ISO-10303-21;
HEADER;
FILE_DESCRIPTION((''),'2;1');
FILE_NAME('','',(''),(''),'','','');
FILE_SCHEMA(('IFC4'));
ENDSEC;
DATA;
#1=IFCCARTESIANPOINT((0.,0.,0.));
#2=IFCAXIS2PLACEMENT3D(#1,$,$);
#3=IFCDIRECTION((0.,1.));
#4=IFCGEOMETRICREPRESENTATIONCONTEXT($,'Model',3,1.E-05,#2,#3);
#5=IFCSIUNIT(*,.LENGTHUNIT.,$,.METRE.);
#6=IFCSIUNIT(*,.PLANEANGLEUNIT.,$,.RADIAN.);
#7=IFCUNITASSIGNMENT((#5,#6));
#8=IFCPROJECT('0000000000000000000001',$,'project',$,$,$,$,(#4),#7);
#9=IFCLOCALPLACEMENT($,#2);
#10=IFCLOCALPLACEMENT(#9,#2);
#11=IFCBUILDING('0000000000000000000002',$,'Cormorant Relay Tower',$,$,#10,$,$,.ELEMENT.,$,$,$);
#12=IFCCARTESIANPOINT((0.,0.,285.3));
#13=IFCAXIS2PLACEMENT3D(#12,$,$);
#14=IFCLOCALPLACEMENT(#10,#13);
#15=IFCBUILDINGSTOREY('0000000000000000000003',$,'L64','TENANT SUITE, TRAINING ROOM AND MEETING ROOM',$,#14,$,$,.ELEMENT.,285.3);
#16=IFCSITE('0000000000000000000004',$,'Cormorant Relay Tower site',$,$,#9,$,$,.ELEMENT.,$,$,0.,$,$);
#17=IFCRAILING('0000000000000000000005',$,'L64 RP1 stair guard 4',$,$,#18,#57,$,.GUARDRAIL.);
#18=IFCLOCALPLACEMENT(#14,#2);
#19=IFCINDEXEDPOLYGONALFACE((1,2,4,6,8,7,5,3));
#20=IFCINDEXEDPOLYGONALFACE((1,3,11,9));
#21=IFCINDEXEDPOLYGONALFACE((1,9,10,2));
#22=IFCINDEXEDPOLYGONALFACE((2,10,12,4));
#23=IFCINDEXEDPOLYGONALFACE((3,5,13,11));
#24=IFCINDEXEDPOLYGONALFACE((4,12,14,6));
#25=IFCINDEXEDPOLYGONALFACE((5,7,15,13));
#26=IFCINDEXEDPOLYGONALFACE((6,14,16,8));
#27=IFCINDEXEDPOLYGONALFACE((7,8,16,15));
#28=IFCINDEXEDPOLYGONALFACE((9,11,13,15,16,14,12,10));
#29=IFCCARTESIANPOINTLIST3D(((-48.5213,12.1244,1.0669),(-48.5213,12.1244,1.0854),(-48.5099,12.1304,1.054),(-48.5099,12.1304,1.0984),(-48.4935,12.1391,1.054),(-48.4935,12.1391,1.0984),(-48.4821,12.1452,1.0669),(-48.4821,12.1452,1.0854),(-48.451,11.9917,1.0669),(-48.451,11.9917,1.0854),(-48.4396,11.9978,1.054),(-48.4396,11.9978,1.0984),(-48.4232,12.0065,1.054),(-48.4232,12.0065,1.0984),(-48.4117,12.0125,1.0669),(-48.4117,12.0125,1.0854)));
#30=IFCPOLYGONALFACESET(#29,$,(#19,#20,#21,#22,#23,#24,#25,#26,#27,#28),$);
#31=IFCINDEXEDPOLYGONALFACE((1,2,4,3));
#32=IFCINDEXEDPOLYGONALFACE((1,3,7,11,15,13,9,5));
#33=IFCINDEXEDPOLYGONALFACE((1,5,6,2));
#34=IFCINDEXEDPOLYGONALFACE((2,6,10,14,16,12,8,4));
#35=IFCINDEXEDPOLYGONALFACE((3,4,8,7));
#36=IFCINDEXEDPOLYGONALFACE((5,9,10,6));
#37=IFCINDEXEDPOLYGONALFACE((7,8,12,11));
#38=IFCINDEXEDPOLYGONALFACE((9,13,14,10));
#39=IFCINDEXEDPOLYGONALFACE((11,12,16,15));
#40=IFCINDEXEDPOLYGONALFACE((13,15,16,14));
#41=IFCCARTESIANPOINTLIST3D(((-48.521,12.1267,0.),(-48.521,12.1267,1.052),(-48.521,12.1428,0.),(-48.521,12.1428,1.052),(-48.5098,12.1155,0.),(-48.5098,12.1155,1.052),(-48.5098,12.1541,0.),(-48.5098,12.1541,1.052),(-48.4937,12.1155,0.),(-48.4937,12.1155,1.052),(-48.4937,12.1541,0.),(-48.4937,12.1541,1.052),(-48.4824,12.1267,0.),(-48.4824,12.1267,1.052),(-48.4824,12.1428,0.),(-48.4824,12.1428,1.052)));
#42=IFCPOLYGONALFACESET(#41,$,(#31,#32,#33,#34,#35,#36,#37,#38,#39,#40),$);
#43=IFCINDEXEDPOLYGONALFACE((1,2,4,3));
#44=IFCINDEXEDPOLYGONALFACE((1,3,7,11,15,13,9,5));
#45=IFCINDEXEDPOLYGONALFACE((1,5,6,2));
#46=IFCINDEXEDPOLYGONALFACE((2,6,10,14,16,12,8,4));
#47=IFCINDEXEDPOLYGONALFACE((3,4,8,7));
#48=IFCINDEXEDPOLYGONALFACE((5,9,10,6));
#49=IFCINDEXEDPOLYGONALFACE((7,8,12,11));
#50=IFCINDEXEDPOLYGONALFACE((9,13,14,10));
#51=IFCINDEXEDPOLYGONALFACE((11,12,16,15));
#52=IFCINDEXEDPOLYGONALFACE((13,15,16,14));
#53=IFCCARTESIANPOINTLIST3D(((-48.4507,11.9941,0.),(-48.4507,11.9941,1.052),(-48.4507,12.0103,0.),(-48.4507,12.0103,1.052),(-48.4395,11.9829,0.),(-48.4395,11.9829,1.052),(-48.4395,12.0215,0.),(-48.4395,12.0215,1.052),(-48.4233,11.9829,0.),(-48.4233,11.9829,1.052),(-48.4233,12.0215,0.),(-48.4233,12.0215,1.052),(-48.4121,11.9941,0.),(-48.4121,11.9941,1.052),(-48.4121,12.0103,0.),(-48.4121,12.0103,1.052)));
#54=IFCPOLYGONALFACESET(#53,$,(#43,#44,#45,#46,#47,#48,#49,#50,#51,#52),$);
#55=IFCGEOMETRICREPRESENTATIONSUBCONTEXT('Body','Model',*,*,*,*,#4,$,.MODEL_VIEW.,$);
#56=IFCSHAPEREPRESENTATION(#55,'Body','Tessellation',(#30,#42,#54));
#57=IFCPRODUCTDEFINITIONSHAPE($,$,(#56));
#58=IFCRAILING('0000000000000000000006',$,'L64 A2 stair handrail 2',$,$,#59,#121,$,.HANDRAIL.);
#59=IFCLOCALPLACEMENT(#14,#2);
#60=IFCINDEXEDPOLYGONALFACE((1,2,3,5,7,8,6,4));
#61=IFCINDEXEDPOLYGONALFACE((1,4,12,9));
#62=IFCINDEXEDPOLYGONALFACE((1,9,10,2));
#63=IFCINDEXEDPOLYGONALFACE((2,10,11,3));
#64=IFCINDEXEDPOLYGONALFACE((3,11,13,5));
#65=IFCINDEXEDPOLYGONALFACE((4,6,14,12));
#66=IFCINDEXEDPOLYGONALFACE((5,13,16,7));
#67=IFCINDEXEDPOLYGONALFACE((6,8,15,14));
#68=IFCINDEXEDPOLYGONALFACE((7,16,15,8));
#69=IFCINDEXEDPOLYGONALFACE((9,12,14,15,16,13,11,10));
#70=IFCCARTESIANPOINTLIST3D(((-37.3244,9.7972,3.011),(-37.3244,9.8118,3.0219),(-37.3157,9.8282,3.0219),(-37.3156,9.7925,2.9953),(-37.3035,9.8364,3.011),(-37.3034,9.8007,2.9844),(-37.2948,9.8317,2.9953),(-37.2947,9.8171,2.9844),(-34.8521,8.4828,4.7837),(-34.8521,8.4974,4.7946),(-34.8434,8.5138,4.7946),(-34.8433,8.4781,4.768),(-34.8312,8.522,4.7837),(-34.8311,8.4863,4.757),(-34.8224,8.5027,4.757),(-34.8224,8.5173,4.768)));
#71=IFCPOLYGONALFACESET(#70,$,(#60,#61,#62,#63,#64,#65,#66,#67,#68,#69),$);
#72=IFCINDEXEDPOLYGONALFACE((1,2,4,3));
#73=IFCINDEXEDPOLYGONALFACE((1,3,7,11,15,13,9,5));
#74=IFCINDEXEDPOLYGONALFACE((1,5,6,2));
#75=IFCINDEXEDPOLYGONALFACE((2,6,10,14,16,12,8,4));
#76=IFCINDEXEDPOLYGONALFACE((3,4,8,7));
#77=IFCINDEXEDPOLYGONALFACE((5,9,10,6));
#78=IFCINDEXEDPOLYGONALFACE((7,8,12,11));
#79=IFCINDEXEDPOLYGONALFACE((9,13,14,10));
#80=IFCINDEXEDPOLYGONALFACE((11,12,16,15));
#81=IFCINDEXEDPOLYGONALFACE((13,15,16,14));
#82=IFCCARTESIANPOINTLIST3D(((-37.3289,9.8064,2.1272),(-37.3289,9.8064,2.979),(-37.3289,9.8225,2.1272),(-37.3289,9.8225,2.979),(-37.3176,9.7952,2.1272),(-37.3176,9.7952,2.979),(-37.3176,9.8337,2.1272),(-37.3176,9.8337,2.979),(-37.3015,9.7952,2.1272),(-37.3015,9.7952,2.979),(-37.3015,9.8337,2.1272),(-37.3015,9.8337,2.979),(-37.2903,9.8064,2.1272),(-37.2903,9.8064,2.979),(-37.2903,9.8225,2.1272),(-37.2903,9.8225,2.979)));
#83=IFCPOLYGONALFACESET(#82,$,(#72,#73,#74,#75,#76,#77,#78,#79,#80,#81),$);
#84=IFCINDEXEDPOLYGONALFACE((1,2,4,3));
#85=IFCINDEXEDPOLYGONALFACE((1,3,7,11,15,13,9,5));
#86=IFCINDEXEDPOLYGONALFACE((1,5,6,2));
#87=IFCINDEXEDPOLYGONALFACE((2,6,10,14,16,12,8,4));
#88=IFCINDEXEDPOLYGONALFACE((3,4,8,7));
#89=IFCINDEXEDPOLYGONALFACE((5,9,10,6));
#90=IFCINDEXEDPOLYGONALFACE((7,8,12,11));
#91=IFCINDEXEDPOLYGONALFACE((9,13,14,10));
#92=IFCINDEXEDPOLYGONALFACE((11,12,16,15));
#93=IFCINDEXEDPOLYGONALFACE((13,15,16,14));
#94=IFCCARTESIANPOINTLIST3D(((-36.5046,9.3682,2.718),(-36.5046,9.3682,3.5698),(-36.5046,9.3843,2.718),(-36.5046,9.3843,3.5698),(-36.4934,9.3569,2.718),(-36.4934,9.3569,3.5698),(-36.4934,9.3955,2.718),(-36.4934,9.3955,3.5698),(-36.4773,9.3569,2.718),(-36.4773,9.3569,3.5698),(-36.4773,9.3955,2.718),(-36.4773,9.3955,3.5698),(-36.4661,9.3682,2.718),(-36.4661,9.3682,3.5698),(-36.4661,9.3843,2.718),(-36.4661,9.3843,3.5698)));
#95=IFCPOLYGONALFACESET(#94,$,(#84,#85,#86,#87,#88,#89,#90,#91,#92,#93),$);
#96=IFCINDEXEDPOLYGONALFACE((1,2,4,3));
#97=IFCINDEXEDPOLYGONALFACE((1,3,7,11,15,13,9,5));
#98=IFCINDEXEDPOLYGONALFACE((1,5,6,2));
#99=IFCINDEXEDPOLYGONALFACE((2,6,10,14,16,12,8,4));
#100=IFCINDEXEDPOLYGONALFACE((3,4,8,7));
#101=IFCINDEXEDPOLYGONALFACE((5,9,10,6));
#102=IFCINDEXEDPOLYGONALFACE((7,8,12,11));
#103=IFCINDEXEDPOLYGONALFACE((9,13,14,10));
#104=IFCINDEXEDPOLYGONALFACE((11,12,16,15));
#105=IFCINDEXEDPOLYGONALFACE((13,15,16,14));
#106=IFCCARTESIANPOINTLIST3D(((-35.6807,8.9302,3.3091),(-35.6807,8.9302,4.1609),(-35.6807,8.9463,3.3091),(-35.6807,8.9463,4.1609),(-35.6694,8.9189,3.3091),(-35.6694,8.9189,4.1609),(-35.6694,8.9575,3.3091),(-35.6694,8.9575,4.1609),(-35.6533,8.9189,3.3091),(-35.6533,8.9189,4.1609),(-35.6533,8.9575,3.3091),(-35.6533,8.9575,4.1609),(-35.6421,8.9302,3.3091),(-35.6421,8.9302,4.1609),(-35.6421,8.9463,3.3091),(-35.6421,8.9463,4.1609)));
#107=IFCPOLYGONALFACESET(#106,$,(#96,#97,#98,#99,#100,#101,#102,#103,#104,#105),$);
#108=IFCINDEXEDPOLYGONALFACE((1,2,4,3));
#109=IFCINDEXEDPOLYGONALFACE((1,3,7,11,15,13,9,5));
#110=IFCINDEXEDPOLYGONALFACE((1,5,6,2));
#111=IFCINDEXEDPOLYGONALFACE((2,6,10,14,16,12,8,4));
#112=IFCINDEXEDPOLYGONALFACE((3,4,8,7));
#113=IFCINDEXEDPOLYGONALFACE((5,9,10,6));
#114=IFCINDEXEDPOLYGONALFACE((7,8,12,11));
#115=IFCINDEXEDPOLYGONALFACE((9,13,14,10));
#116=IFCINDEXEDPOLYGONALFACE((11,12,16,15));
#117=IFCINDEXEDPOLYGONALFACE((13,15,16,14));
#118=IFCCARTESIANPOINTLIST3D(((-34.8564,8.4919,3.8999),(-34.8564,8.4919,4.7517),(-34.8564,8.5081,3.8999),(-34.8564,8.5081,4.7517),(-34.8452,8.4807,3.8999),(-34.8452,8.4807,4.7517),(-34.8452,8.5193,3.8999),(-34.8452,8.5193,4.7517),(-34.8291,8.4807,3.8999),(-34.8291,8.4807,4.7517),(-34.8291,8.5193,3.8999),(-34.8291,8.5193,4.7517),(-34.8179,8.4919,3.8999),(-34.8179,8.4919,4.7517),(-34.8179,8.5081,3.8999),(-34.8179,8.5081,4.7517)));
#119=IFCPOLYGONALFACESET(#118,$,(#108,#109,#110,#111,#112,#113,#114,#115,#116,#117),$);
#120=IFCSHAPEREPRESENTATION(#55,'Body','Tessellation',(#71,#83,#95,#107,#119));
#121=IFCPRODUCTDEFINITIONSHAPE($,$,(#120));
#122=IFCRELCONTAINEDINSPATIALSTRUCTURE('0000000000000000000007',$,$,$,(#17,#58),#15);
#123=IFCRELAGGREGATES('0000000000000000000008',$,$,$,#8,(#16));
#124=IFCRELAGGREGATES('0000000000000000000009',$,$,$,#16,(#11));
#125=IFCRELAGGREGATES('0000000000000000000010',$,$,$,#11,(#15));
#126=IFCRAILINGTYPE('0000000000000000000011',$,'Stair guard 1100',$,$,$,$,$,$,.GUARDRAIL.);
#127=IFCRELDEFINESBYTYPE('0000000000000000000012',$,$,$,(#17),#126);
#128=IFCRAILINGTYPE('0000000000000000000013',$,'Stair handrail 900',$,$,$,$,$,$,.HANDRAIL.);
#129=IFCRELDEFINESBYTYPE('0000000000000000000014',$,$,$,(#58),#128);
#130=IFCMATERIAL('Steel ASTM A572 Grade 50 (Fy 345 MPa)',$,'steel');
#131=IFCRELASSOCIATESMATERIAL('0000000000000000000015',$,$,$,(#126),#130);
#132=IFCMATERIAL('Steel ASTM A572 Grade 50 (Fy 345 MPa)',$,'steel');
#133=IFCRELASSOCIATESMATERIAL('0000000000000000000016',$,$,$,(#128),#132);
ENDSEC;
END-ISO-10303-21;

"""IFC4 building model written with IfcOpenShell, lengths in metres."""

from ifc_helpers import new_model, si_unit, direction, frame, origin, place, context, subcontext, project, spatial, polyline, outline, extrude, material, type_object, element, save


model = new_model("IFC4")

# Units and contexts
model_context = context("Model", 3, precision=1e-05, world=origin(), true_north=direction((0.0, 1.0)))
body_context = subcontext(model_context, "Body", "Model", "MODEL_VIEW")
ifc_project = project(units=[si_unit("LENGTHUNIT", "METRE"), si_unit("PLANEANGLEUNIT", "RADIAN")], contexts=[model_context])

# Site, building, storey
site_placement = place(None, origin())
site = spatial("IfcSite", under=ifc_project, at=site_placement, Name="Cormorant Relay Tower site", CompositionType="ELEMENT", RefElevation=0.0)
building_placement = place(site_placement, origin())
building = spatial("IfcBuilding", under=site, at=building_placement, Name="Cormorant Relay Tower", CompositionType="ELEMENT")
storey_placement = place(building_placement, frame((0.0, 0.0, 285.3)))
storey = spatial("IfcBuildingStorey", under=building, at=storey_placement, Name="L64", Description="TENANT SUITE, TRAINING ROOM AND MEETING ROOM", CompositionType="ELEMENT", Elevation=285.3)

# Railings
ifc_material_1 = material(Name="Steel ASTM A572 Grade 50 (Fy 345 MPa)", Category="steel")
railing_type_1 = type_object("IfcRailingType", Name="Stair guard 1100", PredefinedType="GUARDRAIL", material=ifc_material_1)
railing_1_placement = place(storey_placement, frame((-48.5017, 12.1348, 0.0)))
element("IfcRailing", 1, at=railing_1_placement, inside=storey, type_object=railing_type_1, Name="L64 RP1 stair guard 4", PredefinedType="GUARDRAIL", context=body_context, shape_type="SweptSolid", body=[
    extrude(outline(polyline([(0.0222, 0.0093), (0.0093, 0.0222), (-0.0093, 0.0222), (-0.0222, 0.0093), (-0.0222, -0.0093), (-0.0093, -0.0222), (0.0093, -0.0222), (0.0222, -0.0093), (0.0222, 0.0093)])), frame((0.0, 0.0, 1.0762), z_axis=(0.46856, -0.883431, 0.0), x_axis=(0.883431, 0.46856, 0.0)), (0.0, 0.0, 1.0), 0.1501),
    extrude(outline(polyline([(0.0193, 0.0081), (0.0081, 0.0193), (-0.0081, 0.0193), (-0.0193, 0.0081), (-0.0193, -0.0081), (-0.0081, -0.0193), (0.0081, -0.0193), (0.0193, -0.0081), (0.0193, 0.0081)])), origin(), (0.0, 0.0, 1.0), 1.052),
    extrude(outline(polyline([(0.0193, 0.0081), (0.0081, 0.0193), (-0.0081, 0.0193), (-0.0193, 0.0081), (-0.0193, -0.0081), (-0.0081, -0.0193), (0.0081, -0.0193), (0.0193, -0.0081), (0.0193, 0.0081)])), frame((0.0703, -0.1326, 0.0)), (0.0, 0.0, 1.0), 1.052),
])
ifc_material_2 = material(Name="Steel ASTM A572 Grade 50 (Fy 345 MPa)", Category="steel")
railing_type_2 = type_object("IfcRailingType", Name="Stair handrail 900", PredefinedType="HANDRAIL", material=ifc_material_2)
railing_2_placement = place(storey_placement, frame((-37.3096, 9.8145, 2.1272)))
element("IfcRailing", 2, at=railing_2_placement, inside=storey, type_object=railing_type_2, Name="L64 A2 stair handrail 2", PredefinedType="HANDRAIL", context=body_context, shape_type="SweptSolid", body=[
    extrude(outline(polyline([(0.0222, 0.0093), (0.0093, 0.0222), (-0.0093, 0.0222), (-0.0222, 0.0093), (-0.0222, -0.0093), (-0.0093, -0.0222), (0.0093, -0.0222), (0.0222, -0.0093), (0.0222, 0.0093)])), frame((0.0, 0.0, 0.876), z_axis=(0.746034, -0.396627, 0.534902), x_axis=(0.469429, 0.88297, 0.0)), (0.0, 0.0, 1.0), 3.314),
    extrude(outline(polyline([(0.0193, 0.0081), (0.0081, 0.0193), (-0.0081, 0.0193), (-0.0193, 0.0081), (-0.0193, -0.0081), (-0.0081, -0.0193), (0.0081, -0.0193), (0.0193, -0.0081), (0.0193, 0.0081)])), origin(), (0.0, 0.0, 1.0), 0.8518),
    extrude(outline(polyline([(0.0193, 0.0081), (0.0081, 0.0193), (-0.0081, 0.0193), (-0.0193, 0.0081), (-0.0193, -0.0081), (-0.0081, -0.0193), (0.0081, -0.0193), (0.0193, -0.0081), (0.0193, 0.0081)])), frame((0.8242, -0.4382, 0.5908)), (0.0, 0.0, 1.0), 0.8518),
    extrude(outline(polyline([(0.0193, 0.0081), (0.0081, 0.0193), (-0.0081, 0.0193), (-0.0193, 0.0081), (-0.0193, -0.0081), (-0.0081, -0.0193), (0.0081, -0.0193), (0.0193, -0.0081), (0.0193, 0.0081)])), frame((1.6482, -0.8762, 1.1819)), (0.0, 0.0, 1.0), 0.8518),
    extrude(outline(polyline([(0.0193, 0.0081), (0.0081, 0.0193), (-0.0081, 0.0193), (-0.0193, 0.0081), (-0.0193, -0.0081), (-0.0081, -0.0193), (0.0081, -0.0193), (0.0193, -0.0081), (0.0193, 0.0081)])), frame((2.4724, -1.3145, 1.7727)), (0.0, 0.0, 1.0), 0.8518),
])

save(model, "model.ifc")
